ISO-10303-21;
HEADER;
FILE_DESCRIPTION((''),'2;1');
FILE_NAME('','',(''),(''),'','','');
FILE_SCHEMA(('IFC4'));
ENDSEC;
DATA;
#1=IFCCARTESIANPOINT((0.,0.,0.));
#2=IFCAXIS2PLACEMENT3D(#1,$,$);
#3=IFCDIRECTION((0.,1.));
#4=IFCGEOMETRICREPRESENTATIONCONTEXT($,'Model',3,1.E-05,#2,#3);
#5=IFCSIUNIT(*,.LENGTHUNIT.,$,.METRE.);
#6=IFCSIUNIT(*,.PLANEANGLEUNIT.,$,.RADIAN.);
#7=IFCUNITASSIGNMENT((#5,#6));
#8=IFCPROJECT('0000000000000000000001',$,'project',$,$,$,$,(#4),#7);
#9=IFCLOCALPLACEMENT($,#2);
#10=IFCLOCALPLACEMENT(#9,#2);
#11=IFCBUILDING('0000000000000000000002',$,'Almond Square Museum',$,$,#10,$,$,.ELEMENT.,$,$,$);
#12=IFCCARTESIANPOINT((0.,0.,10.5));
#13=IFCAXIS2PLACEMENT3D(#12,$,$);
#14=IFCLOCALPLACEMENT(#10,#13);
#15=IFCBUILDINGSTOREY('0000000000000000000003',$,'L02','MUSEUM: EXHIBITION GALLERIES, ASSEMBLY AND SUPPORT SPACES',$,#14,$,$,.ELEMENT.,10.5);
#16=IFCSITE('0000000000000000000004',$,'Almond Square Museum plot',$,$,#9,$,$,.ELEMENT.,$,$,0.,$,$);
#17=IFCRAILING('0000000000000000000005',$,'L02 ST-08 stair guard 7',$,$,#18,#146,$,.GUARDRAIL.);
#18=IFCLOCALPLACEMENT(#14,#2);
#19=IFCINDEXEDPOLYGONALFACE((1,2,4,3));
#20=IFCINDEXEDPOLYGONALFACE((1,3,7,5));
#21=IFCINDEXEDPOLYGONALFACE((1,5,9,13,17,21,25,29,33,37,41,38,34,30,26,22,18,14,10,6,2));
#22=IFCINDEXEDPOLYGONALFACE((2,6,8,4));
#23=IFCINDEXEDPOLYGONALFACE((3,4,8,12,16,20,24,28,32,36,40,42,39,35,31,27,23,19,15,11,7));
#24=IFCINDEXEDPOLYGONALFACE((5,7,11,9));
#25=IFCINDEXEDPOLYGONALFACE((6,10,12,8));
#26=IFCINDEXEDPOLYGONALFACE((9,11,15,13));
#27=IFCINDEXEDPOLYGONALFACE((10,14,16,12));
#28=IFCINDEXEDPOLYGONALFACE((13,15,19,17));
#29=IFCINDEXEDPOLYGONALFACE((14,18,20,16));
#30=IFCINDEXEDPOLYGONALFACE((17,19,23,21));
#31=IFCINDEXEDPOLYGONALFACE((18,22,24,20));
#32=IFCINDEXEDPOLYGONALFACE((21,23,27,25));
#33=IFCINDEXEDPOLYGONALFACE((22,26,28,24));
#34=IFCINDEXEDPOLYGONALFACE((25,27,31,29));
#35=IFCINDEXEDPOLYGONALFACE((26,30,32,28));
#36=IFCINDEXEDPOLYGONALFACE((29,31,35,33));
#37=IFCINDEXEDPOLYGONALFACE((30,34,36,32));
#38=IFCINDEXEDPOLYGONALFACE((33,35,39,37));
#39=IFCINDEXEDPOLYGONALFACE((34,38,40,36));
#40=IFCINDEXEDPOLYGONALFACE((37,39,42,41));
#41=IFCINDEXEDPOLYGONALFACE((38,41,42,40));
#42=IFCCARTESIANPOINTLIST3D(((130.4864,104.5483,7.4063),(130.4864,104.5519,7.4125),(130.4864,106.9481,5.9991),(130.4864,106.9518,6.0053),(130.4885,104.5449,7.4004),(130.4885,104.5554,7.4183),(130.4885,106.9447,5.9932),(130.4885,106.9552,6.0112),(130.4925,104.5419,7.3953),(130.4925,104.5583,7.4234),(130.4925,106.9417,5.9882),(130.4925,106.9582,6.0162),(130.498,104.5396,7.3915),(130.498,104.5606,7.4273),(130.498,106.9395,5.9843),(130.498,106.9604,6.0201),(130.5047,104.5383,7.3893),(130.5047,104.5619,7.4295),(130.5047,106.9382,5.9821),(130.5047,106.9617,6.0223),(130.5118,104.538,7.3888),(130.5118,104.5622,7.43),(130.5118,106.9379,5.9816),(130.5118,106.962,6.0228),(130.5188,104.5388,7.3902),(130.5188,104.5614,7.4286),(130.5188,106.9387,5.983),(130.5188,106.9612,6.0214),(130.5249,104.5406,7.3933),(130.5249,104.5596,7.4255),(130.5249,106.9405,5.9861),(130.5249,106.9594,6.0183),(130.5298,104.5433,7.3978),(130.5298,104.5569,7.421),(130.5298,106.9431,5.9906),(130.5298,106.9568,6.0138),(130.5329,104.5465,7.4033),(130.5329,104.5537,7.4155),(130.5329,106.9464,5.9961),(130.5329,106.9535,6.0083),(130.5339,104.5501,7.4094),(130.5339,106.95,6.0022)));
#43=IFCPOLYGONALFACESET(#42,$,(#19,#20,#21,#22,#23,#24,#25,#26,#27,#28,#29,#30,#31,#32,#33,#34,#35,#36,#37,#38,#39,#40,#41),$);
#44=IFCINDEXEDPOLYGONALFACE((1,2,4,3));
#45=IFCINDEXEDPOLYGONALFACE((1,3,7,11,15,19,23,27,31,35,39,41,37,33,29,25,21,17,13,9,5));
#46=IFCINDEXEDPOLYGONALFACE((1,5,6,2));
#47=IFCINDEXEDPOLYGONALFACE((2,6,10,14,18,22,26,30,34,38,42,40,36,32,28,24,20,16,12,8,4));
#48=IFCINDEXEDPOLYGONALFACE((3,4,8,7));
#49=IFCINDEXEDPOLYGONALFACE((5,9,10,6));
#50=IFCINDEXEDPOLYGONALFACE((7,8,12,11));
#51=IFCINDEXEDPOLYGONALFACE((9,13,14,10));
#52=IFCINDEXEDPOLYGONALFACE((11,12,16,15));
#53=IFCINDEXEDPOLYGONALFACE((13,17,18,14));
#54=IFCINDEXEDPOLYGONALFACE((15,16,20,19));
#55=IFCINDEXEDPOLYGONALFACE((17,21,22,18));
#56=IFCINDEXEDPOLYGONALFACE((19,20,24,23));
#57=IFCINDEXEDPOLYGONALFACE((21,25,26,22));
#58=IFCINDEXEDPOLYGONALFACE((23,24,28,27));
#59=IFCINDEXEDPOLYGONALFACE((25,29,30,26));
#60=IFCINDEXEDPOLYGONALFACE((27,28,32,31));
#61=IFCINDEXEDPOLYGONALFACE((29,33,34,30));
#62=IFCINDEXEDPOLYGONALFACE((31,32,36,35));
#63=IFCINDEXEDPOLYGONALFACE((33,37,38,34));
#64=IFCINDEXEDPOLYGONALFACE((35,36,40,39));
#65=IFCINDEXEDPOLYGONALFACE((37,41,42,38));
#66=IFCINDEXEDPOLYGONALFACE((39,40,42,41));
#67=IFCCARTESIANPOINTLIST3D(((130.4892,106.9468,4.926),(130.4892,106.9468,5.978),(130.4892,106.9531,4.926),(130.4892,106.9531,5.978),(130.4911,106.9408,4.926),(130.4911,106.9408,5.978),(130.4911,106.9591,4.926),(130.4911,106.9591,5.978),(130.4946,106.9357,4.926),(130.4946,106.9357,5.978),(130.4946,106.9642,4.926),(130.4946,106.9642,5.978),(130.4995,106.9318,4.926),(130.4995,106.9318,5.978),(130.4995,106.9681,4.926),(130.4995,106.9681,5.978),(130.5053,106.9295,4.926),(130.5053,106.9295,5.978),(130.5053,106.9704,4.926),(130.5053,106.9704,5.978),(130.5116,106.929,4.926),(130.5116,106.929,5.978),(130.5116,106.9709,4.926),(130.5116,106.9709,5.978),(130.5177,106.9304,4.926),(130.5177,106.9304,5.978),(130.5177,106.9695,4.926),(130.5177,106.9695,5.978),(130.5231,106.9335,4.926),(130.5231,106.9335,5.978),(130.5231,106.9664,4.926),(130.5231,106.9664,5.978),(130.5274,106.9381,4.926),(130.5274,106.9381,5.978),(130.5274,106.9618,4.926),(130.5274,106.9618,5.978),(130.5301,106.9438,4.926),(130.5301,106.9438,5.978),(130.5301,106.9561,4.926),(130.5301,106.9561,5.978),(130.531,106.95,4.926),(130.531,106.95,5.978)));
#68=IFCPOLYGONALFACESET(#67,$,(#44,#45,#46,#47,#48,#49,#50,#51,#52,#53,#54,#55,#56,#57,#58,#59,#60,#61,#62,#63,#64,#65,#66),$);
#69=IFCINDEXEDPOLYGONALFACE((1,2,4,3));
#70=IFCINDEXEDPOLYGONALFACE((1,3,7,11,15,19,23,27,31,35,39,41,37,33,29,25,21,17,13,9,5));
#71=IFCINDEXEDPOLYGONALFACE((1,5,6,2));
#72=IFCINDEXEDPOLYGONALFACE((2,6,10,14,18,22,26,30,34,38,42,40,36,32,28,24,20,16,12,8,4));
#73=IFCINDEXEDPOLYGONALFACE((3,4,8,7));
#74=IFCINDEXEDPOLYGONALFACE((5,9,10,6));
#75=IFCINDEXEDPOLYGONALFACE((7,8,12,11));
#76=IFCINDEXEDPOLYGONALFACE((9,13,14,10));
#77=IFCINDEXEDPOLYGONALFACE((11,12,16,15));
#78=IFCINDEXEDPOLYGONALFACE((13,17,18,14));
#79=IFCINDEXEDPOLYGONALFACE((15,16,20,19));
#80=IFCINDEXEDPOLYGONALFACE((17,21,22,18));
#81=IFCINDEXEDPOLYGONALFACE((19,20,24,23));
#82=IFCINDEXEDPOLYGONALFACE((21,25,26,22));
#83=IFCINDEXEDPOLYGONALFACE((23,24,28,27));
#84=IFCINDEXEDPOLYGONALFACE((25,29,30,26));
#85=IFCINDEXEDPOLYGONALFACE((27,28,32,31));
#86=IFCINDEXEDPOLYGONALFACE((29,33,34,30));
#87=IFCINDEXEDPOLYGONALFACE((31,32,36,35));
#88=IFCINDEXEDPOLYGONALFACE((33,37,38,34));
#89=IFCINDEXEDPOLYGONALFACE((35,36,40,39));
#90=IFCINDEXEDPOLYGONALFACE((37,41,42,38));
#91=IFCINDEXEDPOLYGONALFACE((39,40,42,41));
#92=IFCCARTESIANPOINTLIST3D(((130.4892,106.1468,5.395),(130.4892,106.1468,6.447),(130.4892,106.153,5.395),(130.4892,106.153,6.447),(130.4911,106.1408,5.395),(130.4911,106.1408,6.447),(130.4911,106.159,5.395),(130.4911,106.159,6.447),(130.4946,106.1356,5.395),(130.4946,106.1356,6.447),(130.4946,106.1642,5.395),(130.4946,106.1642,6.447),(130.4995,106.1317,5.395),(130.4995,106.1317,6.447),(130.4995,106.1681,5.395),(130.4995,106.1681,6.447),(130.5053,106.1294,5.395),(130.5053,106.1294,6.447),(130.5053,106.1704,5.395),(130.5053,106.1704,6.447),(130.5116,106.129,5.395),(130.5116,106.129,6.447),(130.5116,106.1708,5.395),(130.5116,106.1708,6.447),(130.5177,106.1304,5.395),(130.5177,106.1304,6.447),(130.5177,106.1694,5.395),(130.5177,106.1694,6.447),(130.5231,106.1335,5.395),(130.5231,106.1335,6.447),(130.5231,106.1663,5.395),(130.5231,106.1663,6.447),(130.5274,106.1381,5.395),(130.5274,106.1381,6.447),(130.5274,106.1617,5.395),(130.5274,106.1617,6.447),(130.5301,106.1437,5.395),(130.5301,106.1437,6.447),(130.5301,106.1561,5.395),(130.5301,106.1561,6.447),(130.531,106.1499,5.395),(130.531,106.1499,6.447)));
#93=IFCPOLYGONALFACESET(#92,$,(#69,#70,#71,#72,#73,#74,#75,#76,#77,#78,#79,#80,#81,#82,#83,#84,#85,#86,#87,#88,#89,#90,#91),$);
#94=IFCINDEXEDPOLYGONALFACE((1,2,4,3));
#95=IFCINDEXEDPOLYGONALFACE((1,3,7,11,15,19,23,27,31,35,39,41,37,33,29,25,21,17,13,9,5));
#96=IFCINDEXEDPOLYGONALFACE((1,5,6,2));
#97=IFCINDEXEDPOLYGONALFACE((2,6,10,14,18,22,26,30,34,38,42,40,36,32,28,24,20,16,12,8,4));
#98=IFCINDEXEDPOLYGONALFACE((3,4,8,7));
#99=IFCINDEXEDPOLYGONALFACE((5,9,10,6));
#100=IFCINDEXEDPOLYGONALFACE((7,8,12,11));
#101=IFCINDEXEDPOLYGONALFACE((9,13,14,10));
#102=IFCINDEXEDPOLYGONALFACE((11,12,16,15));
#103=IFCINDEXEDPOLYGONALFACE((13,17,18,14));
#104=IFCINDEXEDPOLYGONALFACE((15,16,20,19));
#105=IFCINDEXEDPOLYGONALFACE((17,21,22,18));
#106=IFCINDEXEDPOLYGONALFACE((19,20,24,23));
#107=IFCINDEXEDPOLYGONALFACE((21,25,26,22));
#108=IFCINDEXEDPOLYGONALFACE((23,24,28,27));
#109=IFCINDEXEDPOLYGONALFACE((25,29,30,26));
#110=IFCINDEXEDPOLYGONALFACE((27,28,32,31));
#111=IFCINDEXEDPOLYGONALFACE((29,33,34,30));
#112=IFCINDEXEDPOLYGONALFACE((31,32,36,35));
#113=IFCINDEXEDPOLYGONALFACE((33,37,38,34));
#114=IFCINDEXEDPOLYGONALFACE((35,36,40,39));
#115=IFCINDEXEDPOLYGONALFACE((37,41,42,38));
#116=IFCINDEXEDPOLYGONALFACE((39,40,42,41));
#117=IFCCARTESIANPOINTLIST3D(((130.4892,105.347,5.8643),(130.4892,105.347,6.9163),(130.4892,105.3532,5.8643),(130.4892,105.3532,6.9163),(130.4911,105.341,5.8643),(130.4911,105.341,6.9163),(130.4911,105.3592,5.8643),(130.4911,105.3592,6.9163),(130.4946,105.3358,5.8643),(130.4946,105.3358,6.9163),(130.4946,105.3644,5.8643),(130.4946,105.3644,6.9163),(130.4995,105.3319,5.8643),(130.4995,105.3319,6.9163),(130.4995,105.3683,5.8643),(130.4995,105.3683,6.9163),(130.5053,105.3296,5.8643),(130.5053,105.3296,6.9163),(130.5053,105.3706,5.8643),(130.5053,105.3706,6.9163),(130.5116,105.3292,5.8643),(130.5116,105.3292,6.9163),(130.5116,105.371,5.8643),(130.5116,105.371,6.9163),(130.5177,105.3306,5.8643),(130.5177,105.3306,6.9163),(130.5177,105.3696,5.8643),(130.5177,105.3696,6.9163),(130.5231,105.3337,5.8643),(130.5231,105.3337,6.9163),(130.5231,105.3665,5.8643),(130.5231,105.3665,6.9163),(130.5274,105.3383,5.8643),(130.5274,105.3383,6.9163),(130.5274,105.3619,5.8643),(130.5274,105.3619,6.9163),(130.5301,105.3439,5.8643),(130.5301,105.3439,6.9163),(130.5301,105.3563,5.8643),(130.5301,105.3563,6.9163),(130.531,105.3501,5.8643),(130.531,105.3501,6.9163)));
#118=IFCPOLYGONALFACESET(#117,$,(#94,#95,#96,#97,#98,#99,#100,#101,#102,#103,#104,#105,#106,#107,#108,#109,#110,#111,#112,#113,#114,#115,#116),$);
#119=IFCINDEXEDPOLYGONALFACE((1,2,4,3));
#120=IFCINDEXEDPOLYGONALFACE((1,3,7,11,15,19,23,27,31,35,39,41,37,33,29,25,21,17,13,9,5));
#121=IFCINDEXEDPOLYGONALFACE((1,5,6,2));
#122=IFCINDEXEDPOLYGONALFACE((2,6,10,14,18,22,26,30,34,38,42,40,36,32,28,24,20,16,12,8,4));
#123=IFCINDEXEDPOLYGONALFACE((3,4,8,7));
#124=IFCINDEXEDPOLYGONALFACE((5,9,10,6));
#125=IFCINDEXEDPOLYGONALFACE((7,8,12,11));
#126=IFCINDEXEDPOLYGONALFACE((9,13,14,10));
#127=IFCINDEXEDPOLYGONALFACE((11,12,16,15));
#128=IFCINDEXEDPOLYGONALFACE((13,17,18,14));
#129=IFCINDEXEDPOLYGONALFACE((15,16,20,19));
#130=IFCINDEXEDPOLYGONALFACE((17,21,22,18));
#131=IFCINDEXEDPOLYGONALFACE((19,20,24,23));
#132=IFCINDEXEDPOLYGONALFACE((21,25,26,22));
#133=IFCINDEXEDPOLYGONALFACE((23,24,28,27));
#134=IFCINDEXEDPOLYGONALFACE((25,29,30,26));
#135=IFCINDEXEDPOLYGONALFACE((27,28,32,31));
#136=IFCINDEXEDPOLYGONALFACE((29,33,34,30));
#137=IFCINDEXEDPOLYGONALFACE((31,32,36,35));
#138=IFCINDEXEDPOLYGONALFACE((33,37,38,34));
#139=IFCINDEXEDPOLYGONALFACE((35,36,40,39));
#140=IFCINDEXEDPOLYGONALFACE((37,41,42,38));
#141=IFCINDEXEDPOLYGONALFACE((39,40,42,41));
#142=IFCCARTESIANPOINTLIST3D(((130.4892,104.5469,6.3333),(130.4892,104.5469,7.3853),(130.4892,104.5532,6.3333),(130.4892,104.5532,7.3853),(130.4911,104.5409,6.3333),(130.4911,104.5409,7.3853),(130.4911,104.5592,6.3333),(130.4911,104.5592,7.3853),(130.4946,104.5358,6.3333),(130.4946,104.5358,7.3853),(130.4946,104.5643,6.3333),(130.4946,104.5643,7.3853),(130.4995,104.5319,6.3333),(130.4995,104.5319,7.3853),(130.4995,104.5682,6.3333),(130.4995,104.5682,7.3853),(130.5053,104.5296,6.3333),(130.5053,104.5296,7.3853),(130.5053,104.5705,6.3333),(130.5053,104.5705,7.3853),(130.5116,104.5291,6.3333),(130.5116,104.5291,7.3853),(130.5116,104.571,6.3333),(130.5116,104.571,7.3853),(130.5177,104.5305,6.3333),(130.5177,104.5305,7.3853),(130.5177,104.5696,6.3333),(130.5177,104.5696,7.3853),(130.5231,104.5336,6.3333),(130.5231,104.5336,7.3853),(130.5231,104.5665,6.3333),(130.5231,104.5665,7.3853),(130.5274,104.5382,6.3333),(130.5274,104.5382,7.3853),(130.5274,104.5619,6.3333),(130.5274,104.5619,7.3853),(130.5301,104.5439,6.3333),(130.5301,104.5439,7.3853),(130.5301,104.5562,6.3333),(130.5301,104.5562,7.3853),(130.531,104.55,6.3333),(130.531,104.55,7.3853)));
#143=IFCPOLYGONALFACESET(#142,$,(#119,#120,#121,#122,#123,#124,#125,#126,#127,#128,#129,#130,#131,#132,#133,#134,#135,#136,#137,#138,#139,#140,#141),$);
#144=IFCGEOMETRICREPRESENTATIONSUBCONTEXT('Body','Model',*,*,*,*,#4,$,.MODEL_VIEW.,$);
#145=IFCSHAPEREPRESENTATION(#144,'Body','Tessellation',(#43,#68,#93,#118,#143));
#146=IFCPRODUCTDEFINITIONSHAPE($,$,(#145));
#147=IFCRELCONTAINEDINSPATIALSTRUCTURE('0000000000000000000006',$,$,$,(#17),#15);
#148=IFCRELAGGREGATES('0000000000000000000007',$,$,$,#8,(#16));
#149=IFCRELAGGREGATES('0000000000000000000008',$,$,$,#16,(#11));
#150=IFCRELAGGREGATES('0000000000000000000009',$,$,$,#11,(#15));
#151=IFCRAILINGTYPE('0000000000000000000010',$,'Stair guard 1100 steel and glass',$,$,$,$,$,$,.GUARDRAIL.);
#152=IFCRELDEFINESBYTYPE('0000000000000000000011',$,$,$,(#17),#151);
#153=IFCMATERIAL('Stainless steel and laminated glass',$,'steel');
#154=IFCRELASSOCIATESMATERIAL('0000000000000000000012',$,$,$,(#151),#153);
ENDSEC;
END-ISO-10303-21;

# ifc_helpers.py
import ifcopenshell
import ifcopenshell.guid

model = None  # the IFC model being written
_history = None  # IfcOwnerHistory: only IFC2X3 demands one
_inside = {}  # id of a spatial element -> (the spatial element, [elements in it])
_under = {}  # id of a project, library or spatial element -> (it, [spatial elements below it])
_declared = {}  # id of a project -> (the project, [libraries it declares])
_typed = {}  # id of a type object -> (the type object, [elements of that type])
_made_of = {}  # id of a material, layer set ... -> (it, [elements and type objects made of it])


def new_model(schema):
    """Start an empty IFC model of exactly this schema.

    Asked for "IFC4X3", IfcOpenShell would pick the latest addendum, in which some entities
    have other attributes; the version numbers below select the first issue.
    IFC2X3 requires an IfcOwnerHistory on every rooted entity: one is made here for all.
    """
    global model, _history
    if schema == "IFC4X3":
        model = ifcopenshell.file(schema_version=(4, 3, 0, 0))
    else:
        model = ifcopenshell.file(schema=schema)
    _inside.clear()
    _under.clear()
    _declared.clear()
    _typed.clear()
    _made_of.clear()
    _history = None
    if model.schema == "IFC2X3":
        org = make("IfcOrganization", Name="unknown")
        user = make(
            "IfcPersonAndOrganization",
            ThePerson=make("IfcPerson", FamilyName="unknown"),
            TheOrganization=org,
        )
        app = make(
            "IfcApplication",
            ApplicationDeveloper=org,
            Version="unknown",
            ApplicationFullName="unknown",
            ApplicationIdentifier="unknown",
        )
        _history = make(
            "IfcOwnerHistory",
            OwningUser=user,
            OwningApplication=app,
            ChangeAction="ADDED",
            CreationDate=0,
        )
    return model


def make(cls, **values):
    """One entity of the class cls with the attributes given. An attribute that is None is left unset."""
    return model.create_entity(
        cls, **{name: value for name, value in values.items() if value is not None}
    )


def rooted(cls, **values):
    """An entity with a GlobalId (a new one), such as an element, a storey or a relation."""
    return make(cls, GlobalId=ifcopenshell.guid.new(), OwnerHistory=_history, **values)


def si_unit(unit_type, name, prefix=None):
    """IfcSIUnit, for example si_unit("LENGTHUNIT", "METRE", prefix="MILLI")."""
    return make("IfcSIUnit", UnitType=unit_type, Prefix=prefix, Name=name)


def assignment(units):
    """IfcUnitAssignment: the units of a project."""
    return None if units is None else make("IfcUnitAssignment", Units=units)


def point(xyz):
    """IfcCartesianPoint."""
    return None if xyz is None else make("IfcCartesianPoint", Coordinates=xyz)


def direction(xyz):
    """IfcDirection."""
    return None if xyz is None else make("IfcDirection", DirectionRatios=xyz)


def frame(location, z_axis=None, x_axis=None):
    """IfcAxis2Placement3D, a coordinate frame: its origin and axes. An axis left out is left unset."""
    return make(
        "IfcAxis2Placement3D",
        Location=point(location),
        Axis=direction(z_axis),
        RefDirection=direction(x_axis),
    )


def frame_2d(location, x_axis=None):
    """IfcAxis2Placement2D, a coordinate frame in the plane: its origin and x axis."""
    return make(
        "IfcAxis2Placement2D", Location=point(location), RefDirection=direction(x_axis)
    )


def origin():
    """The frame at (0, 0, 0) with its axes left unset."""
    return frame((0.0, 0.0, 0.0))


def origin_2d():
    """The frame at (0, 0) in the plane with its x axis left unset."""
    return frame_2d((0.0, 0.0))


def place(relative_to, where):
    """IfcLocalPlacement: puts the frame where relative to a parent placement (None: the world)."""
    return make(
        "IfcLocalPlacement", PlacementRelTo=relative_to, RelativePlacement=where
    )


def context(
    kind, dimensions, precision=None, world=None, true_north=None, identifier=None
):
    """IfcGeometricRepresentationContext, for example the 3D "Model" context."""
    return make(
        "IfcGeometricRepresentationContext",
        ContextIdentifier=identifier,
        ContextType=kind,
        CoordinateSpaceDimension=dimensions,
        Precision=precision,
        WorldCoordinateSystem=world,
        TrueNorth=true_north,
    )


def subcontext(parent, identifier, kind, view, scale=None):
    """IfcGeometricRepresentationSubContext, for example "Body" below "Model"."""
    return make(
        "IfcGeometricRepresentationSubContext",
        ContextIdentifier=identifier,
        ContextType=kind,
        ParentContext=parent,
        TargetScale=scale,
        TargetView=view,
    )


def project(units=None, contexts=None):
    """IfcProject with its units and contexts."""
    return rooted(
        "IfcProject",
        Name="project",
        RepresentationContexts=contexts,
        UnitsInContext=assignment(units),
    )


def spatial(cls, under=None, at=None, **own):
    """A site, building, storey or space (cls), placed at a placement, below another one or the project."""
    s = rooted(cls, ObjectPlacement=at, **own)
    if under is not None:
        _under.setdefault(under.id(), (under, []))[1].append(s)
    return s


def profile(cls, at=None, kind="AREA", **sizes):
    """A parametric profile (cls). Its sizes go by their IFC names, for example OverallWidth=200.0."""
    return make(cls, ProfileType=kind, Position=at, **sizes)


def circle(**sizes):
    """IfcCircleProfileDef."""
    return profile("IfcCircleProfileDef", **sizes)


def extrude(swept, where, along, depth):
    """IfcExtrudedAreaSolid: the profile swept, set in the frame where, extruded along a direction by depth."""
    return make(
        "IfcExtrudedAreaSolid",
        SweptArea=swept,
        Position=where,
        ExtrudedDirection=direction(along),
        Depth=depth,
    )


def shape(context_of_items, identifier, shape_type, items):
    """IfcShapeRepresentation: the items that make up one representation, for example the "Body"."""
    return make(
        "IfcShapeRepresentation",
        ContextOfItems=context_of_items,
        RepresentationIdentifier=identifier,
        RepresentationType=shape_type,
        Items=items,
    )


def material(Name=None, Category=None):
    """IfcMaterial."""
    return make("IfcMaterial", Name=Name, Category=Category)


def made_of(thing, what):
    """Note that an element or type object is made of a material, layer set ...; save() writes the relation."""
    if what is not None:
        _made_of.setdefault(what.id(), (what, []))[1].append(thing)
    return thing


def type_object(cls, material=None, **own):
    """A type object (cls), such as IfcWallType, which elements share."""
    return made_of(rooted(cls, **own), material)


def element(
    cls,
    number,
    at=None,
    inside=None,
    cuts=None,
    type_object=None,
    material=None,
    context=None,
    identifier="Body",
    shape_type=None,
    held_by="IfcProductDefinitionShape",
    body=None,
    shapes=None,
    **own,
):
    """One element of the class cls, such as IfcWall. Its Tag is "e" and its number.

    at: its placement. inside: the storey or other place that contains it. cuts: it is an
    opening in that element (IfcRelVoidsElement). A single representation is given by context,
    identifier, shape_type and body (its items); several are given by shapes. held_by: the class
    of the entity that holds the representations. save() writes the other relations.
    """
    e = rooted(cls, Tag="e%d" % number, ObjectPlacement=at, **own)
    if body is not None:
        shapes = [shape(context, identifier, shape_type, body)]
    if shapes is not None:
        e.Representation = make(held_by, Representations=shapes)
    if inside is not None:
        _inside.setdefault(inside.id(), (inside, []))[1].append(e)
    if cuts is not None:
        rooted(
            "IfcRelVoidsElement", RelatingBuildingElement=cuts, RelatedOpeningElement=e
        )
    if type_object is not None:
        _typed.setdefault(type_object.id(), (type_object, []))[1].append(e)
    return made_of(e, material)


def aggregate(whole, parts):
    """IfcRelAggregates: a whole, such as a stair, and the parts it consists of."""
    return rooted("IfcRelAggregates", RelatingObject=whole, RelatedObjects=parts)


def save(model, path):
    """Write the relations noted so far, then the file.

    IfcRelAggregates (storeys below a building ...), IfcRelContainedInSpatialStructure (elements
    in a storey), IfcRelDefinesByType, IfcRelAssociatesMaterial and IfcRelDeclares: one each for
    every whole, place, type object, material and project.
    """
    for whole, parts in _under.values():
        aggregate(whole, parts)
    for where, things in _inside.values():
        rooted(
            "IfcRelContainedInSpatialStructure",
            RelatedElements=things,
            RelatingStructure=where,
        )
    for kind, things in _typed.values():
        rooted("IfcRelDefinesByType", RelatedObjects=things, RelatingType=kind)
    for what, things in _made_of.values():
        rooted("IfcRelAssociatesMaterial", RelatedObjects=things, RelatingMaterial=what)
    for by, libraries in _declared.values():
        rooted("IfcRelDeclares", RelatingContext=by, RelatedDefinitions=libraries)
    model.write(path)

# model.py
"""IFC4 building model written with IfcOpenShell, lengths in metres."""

from ifc_helpers import new_model, si_unit, direction, frame, origin, origin_2d, place, context, subcontext, project, spatial, circle, extrude, material, type_object, element, save


model = new_model("IFC4")

# Units and contexts
model_context = context("Model", 3, precision=1e-05, world=origin(), true_north=direction((0.0, 1.0)))
body_context = subcontext(model_context, "Body", "Model", "MODEL_VIEW")
ifc_project = project(units=[si_unit("LENGTHUNIT", "METRE"), si_unit("PLANEANGLEUNIT", "RADIAN")], contexts=[model_context])

# Site, building, storey
site_placement = place(None, origin())
site = spatial("IfcSite", under=ifc_project, at=site_placement, Name="Almond Square Museum plot", CompositionType="ELEMENT", RefElevation=0.0)
building_placement = place(site_placement, origin())
building = spatial("IfcBuilding", under=site, at=building_placement, Name="Almond Square Museum", CompositionType="ELEMENT")
storey_placement = place(building_placement, frame((0.0, 0.0, 10.5)))
storey = spatial("IfcBuildingStorey", under=building, at=storey_placement, Name="L02", Description="MUSEUM: EXHIBITION GALLERIES, ASSEMBLY AND SUPPORT SPACES", CompositionType="ELEMENT", Elevation=10.5)

# Railing
ifc_material_1 = material(Name="Stainless steel and laminated glass", Category="steel")
railing_type_1 = type_object("IfcRailingType", Name="Stair guard 1100 steel and glass", PredefinedType="GUARDRAIL", material=ifc_material_1)
railing_1_placement = place(storey_placement, frame((130.51, 106.95, 4.926)))
element("IfcRailing", 1, at=railing_1_placement, inside=storey, type_object=railing_type_1, Name="L02 ST-08 stair guard 7", PredefinedType="GUARDRAIL", context=body_context, shape_type="SweptSolid", body=[
    extrude(circle(Radius=0.0239, at=origin_2d()), frame((0.0, 0.0, 1.0762), z_axis=(0.0, -0.862637, 0.505823), x_axis=(1.0, 0.0, 0.0)), (0.0, 0.0, 1.0), 2.782),
    extrude(circle(Radius=0.021, at=origin_2d()), origin(), (0.0, 0.0, 1.0), 1.052),
    extrude(circle(Radius=0.021, at=origin_2d()), frame((0.0, -0.8, 0.469)), (0.0, 0.0, 1.0), 1.052),
    extrude(circle(Radius=0.021, at=origin_2d()), frame((0.0, -1.5999, 0.9382)), (0.0, 0.0, 1.0), 1.052),
    extrude(circle(Radius=0.021, at=origin_2d()), frame((0.0, -2.3999, 1.4072)), (0.0, 0.0, 1.0), 1.052),
])

save(model, "model.ifc")
